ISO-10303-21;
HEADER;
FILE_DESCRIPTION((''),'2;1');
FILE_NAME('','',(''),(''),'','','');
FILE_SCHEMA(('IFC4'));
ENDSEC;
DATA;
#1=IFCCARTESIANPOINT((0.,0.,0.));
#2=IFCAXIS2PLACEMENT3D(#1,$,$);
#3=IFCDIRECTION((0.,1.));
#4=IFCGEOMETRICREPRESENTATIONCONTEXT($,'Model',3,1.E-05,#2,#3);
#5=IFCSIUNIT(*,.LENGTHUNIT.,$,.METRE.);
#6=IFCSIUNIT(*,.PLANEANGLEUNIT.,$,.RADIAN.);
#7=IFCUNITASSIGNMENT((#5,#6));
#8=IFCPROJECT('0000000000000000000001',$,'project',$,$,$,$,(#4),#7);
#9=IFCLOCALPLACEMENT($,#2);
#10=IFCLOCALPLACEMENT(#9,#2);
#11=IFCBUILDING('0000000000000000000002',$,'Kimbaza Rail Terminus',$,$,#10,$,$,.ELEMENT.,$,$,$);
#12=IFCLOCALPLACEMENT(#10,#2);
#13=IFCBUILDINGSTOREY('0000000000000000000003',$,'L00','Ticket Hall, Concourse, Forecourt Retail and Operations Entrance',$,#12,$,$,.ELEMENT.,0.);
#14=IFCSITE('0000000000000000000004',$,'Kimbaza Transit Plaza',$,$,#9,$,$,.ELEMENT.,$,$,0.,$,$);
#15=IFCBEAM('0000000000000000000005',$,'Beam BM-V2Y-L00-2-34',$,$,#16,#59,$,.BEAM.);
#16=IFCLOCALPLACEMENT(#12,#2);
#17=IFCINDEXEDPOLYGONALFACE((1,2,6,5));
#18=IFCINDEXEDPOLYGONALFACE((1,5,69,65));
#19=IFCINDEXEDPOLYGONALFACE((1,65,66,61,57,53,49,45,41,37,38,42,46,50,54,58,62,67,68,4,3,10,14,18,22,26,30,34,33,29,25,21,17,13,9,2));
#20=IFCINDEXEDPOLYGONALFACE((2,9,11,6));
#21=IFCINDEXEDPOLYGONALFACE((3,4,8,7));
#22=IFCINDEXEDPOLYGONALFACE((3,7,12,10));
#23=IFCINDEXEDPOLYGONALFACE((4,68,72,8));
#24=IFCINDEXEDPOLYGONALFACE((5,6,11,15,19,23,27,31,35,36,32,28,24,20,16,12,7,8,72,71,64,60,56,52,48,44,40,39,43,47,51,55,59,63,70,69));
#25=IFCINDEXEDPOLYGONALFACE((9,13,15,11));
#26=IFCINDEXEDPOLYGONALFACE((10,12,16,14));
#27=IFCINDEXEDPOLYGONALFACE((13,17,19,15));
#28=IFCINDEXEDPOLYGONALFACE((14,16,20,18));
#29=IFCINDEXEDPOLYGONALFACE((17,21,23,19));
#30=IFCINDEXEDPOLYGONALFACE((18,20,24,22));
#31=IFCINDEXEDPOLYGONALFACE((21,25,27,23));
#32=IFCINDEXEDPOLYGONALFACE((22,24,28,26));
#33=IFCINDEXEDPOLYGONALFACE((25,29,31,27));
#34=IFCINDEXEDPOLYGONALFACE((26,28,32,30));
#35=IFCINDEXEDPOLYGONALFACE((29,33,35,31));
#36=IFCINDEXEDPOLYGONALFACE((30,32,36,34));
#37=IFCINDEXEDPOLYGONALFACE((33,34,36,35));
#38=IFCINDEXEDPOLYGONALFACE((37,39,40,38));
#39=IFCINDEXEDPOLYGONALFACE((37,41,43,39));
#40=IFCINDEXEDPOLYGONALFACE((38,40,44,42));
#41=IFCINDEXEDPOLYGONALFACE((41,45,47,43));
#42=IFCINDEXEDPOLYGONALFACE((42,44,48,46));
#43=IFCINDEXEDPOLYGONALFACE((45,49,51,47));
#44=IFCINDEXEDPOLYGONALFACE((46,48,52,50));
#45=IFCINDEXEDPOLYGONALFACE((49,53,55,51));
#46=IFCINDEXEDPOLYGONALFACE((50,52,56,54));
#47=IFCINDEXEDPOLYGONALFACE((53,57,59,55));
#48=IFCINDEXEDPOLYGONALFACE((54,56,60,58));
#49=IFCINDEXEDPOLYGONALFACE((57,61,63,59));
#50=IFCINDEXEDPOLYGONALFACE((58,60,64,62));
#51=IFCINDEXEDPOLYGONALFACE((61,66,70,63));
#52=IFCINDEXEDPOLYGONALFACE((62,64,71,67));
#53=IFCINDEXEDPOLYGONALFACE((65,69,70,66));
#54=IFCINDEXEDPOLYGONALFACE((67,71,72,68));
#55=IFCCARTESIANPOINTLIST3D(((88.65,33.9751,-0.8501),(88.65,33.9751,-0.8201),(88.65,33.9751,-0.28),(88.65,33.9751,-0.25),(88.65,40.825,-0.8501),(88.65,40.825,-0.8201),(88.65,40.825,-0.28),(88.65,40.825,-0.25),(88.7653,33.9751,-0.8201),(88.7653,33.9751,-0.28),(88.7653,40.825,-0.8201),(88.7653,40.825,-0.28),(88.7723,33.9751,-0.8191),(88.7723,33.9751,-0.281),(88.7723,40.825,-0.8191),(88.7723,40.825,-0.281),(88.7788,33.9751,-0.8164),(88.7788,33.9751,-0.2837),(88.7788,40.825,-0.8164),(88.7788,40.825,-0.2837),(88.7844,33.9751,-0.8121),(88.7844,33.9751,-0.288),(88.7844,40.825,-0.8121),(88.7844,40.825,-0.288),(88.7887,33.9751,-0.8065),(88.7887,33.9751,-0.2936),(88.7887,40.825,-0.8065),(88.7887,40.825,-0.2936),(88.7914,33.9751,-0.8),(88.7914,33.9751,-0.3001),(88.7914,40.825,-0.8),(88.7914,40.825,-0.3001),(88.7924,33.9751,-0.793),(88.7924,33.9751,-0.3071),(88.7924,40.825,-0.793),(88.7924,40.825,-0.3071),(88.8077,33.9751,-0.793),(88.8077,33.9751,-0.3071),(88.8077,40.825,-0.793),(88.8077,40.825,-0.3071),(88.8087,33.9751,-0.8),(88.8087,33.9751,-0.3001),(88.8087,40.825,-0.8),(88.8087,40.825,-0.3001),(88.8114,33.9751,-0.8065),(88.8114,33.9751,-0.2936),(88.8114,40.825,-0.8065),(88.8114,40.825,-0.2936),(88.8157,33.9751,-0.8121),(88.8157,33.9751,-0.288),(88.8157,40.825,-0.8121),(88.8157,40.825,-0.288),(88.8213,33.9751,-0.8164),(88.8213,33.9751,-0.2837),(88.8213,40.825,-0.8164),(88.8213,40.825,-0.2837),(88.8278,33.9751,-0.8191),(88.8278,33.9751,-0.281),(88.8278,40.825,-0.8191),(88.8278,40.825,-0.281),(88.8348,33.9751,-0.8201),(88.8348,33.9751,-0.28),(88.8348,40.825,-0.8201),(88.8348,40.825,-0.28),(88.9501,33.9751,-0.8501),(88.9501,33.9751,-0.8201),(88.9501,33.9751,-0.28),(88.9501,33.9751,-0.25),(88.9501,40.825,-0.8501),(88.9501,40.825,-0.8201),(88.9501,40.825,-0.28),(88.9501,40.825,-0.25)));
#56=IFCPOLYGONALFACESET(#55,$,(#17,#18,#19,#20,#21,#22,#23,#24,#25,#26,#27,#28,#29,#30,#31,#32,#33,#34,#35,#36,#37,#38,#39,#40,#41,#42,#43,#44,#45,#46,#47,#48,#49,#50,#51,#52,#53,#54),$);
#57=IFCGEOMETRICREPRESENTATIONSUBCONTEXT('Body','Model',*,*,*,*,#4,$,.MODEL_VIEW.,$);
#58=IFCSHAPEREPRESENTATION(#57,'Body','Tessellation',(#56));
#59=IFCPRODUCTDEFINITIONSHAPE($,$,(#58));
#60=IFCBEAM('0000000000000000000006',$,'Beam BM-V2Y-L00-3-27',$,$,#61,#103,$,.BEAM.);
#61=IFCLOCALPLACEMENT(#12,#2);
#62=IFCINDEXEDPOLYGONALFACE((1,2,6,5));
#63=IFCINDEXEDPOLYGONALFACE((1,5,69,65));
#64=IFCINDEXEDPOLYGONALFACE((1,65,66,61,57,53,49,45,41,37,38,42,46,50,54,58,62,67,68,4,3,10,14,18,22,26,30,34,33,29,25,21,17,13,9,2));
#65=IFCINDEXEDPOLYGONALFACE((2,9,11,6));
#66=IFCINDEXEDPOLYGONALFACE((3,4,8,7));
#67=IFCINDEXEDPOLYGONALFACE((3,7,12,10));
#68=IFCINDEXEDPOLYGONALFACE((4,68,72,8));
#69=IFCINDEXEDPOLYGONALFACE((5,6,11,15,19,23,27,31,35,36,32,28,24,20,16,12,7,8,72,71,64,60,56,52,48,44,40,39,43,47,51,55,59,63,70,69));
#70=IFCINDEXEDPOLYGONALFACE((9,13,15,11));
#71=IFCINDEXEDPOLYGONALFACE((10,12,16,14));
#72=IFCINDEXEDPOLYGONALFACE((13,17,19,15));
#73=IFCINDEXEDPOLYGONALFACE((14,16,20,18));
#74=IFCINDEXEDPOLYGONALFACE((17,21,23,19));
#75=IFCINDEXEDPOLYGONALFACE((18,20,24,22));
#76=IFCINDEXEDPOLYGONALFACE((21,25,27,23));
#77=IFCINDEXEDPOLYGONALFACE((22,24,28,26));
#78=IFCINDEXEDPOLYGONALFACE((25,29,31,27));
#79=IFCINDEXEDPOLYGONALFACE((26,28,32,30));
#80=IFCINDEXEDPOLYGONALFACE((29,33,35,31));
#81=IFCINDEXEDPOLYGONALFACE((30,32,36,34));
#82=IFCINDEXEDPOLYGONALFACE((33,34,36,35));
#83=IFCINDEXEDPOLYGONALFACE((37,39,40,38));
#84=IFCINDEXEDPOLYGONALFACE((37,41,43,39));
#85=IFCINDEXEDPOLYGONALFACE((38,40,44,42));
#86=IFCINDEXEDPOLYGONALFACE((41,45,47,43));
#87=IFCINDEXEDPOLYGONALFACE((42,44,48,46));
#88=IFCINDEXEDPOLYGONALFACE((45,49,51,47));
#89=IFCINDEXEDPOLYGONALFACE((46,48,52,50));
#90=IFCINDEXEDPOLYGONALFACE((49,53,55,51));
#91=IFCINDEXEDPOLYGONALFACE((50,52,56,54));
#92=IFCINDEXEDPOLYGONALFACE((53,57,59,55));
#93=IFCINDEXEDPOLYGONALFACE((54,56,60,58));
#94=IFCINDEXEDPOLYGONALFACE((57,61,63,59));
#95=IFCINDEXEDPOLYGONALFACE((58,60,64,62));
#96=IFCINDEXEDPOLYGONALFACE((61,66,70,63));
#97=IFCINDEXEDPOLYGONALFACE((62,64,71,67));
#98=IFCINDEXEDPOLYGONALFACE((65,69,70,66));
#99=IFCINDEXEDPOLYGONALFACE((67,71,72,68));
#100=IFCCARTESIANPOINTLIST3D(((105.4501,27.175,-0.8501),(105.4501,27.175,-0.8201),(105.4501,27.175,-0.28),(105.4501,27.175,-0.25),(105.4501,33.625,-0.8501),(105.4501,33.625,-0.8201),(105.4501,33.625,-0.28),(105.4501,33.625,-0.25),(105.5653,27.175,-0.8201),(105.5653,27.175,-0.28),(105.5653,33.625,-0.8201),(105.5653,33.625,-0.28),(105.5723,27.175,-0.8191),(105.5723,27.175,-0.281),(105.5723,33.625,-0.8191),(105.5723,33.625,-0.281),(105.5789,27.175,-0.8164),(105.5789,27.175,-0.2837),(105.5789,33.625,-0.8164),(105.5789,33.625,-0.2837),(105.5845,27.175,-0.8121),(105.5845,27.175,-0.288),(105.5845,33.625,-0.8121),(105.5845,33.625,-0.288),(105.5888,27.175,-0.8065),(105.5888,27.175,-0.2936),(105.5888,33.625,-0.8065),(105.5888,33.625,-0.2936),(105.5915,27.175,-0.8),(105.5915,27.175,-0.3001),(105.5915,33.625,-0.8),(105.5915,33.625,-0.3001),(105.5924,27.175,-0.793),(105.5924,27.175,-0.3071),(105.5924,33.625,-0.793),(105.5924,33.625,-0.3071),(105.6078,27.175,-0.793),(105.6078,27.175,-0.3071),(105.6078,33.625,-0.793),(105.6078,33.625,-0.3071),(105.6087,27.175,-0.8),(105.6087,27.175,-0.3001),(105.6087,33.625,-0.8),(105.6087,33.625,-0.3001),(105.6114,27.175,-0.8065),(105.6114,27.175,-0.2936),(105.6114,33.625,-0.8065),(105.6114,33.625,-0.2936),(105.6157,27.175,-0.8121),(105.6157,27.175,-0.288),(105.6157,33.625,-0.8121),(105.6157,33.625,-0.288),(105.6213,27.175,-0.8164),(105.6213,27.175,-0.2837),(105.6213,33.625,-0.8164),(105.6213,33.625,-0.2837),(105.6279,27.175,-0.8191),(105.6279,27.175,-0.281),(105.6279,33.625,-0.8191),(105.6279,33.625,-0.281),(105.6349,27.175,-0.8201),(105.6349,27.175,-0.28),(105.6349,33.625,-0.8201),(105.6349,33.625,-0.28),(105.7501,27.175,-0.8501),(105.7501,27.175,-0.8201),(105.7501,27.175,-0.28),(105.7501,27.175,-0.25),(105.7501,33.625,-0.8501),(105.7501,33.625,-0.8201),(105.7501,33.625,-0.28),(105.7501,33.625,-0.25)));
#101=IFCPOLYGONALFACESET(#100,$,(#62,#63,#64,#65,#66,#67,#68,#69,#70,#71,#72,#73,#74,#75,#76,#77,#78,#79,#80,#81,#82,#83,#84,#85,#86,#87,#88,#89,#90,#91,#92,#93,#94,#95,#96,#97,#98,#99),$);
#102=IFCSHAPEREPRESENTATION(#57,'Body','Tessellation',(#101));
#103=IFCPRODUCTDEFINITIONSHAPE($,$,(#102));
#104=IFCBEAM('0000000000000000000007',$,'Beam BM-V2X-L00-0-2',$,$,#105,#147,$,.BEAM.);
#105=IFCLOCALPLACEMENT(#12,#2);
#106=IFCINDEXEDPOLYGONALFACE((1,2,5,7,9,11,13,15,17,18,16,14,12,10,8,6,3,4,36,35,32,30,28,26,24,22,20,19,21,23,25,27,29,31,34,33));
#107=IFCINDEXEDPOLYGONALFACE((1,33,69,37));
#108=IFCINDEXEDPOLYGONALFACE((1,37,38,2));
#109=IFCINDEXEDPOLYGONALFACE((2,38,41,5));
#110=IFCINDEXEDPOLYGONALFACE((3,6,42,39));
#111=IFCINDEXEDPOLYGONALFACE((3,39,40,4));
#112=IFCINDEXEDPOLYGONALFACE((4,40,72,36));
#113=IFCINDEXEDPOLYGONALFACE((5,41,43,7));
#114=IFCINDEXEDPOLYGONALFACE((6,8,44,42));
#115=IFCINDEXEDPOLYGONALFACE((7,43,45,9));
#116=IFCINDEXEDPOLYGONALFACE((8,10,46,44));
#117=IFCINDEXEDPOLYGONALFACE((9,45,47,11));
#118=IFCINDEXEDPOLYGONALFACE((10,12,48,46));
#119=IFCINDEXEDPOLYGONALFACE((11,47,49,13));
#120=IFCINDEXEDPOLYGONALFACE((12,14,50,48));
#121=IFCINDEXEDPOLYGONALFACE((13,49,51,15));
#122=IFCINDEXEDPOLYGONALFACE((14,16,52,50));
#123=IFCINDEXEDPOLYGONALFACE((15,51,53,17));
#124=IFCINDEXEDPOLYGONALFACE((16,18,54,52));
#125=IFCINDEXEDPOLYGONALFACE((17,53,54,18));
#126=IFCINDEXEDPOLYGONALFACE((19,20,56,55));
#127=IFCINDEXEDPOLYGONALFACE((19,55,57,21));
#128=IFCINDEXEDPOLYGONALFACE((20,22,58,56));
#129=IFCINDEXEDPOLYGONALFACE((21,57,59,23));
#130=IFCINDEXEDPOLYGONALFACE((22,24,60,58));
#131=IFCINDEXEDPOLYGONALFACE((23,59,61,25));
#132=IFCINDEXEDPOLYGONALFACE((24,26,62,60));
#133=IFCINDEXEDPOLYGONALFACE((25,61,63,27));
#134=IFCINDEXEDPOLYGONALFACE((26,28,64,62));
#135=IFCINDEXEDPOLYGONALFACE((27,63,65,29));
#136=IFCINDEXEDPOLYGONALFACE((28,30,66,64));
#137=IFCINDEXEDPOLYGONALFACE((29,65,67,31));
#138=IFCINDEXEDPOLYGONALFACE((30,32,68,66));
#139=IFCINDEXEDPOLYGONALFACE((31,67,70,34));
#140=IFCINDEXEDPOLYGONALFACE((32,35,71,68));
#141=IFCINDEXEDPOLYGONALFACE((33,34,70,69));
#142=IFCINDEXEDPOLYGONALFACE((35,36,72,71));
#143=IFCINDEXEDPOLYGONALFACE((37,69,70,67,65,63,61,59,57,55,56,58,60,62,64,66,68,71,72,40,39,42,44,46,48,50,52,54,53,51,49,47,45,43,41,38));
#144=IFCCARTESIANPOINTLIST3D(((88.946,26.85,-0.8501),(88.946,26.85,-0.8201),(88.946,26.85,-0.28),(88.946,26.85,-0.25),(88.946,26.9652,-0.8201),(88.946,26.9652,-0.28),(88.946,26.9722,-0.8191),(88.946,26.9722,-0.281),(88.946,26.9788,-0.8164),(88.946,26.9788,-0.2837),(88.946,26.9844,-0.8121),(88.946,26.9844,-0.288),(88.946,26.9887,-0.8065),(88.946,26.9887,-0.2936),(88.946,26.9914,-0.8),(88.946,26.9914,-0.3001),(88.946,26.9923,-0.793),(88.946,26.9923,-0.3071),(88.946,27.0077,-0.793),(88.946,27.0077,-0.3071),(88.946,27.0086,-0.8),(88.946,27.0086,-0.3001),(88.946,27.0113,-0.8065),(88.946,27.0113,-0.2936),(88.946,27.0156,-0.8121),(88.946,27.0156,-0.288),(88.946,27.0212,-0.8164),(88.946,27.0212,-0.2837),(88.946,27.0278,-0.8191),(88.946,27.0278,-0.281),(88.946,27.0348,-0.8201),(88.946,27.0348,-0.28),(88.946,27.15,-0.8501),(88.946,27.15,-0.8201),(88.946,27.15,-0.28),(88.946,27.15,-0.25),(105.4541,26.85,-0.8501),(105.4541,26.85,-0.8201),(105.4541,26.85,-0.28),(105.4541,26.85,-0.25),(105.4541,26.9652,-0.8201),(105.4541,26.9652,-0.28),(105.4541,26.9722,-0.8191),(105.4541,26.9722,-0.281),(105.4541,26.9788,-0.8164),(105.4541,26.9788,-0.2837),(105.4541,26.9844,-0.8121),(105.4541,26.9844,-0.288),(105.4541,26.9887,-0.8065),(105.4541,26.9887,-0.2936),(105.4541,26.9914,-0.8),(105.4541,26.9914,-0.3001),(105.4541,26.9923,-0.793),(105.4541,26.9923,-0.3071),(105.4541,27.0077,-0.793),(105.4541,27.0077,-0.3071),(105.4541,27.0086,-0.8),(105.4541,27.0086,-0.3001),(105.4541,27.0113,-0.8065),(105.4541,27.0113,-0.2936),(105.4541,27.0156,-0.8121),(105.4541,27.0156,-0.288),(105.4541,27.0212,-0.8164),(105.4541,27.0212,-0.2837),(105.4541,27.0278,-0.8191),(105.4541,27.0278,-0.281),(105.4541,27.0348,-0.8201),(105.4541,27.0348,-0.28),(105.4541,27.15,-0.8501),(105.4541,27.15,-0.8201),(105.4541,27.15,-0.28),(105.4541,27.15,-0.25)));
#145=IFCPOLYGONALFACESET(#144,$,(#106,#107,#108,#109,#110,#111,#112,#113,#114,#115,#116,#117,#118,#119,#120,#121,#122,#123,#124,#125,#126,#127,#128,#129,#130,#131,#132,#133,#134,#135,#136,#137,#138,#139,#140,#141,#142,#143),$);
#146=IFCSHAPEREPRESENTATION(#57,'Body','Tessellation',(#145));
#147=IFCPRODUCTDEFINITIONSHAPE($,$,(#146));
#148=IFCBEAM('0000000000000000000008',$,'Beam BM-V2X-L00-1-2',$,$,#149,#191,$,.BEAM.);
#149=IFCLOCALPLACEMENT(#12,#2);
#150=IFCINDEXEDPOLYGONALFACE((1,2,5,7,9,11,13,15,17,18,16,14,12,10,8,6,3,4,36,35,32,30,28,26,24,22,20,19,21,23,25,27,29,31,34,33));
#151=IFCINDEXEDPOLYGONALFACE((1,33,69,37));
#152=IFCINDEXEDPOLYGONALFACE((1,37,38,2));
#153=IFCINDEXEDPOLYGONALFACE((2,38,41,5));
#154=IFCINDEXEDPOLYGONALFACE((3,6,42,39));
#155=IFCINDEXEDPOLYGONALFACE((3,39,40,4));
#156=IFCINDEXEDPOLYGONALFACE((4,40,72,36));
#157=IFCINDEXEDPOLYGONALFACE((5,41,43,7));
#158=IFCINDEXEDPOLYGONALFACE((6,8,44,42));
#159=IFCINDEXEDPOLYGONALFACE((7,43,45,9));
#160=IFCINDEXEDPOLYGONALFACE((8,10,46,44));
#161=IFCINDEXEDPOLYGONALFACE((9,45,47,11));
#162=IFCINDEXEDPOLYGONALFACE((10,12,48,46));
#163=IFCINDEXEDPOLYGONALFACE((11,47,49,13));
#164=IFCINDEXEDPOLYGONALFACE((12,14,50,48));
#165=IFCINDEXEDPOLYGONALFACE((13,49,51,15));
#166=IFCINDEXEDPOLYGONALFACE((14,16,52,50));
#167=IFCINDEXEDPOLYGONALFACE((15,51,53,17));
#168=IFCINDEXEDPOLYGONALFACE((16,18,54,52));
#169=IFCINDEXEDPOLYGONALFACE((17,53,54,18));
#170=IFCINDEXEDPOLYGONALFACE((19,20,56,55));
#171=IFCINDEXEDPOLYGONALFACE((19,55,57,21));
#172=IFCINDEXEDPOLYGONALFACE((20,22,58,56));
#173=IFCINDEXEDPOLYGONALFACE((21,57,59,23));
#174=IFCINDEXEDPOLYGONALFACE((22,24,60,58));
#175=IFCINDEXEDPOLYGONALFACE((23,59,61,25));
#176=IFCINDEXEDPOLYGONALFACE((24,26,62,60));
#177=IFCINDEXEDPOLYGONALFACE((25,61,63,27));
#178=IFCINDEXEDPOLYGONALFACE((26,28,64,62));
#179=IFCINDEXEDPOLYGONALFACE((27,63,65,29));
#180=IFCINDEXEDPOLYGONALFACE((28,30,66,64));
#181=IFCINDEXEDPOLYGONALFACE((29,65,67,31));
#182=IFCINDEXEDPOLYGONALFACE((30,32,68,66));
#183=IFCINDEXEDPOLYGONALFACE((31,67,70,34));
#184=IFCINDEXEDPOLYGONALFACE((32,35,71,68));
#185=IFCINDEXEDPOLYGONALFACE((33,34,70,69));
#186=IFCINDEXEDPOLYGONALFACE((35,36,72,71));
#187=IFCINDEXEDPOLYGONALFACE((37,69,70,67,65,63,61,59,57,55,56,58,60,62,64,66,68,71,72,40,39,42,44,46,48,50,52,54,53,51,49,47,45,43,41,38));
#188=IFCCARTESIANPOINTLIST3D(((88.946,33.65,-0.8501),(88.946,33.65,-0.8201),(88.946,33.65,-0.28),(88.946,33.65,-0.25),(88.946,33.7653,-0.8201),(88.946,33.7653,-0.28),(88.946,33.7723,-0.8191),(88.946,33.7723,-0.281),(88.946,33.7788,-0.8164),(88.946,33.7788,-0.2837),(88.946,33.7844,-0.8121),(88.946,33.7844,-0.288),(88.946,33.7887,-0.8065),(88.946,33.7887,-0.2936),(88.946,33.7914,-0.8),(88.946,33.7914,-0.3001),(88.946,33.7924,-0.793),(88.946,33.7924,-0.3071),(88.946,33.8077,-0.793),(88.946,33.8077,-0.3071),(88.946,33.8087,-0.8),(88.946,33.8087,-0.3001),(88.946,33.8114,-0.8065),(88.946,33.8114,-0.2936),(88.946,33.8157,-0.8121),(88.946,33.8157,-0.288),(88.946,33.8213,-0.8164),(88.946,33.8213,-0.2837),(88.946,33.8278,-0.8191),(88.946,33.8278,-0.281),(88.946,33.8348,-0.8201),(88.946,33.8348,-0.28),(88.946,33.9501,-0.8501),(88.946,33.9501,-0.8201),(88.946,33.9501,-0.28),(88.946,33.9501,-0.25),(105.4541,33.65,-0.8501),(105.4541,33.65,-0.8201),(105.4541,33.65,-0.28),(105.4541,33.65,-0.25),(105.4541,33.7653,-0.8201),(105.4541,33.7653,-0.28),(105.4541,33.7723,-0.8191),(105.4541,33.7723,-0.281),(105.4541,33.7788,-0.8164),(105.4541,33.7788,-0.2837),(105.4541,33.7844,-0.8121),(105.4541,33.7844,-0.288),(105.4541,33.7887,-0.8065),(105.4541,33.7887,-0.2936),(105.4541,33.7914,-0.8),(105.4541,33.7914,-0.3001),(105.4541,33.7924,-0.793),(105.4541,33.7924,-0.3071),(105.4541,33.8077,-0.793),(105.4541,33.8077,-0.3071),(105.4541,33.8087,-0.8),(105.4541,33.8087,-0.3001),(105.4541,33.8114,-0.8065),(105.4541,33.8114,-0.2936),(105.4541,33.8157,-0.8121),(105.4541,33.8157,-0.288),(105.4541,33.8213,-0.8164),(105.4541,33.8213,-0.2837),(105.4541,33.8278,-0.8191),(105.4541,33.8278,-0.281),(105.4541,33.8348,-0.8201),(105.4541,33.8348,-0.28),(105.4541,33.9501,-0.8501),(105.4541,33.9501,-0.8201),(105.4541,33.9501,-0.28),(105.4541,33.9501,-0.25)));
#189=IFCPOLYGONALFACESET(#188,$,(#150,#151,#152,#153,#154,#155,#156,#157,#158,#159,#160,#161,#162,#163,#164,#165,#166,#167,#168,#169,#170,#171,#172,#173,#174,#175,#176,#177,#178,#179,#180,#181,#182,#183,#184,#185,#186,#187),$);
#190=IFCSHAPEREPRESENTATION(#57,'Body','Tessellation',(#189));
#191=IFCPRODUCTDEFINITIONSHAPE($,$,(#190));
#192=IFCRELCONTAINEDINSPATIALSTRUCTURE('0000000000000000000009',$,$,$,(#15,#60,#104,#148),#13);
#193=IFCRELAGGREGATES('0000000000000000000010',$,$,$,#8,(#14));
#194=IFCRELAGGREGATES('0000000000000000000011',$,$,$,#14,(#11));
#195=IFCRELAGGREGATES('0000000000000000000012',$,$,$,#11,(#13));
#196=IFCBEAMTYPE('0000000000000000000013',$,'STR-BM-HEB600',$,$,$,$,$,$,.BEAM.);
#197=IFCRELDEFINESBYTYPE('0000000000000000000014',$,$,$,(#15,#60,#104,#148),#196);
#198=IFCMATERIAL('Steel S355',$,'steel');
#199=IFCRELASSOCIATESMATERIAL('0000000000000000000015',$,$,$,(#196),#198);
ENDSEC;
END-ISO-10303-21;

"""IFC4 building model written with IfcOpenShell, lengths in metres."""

from ifc_helpers import new_model, si_unit, direction, frame, origin, origin_2d, place, context, subcontext, project, spatial, i_section, extrude, material, material_profile, profile_set, type_object, element, save


model = new_model("IFC4")

# Units and contexts
model_context = context("Model", 3, precision=1e-05, world=origin(), true_north=direction((0.0, 1.0)))
body_context = subcontext(model_context, "Body", "Model", "MODEL_VIEW")
ifc_project = project(units=[si_unit("LENGTHUNIT", "METRE"), si_unit("PLANEANGLEUNIT", "RADIAN")], contexts=[model_context])

# Site, building, storey
site_placement = place(None, origin())
site = spatial("IfcSite", under=ifc_project, at=site_placement, Name="Kimbaza Transit Plaza", CompositionType="ELEMENT", RefElevation=0.0)
building_placement = place(site_placement, origin())
building = spatial("IfcBuilding", under=site, at=building_placement, Name="Kimbaza Rail Terminus", CompositionType="ELEMENT")
storey_placement = place(building_placement, origin())
storey = spatial("IfcBuildingStorey", under=building, at=storey_placement, Name="L00", Description="Ticket Hall, Concourse, Forecourt Retail and Operations Entrance", CompositionType="ELEMENT", Elevation=0.0)

# Beams
ifc_material_1 = material(Name="Steel S355", Category="steel")
ifc_material_profile_1 = material_profile(ifc_material_1, i_section(OverallWidth=0.3, OverallDepth=0.6001, WebThickness=0.0154, FlangeThickness=0.03, FilletRadius=0.0271, at=origin_2d()), Name="HEB 600")
ifc_profile_set_1 = profile_set([ifc_material_profile_1], Name="Steel S355")
beam_type_1 = type_object("IfcBeamType", Name="STR-BM-HEB600", PredefinedType="BEAM", material=ifc_profile_set_1)
beam_1_placement = place(storey_placement, frame((88.8, 33.9751, -0.55), z_axis=(0.0, 1.0, 0.0), x_axis=(-1.0, 0.0, 0.0)))
element("IfcBeam", 1, at=beam_1_placement, inside=storey, type_object=beam_type_1, Name="Beam BM-V2Y-L00-2-34", PredefinedType="BEAM", context=body_context, shape_type="SweptSolid", body=[
    extrude(i_section(OverallWidth=0.3, OverallDepth=0.6001, WebThickness=0.0154, FlangeThickness=0.03, FilletRadius=0.0271, at=origin_2d()), origin(), (0.0, 0.0, 1.0), 6.8499),
])
beam_2_placement = place(storey_placement, frame((105.6001, 27.175, -0.55), z_axis=(0.0, 1.0, 0.0), x_axis=(-1.0, 0.0, 0.0)))
element("IfcBeam", 2, at=beam_2_placement, inside=storey, type_object=beam_type_1, Name="Beam BM-V2Y-L00-3-27", PredefinedType="BEAM", context=body_context, shape_type="SweptSolid", body=[
    extrude(i_section(OverallWidth=0.3, OverallDepth=0.6001, WebThickness=0.0154, FlangeThickness=0.03, FilletRadius=0.0271, at=origin_2d()), origin(), (0.0, 0.0, 1.0), 6.45),
])
for number, where, z_axis, x_axis, name in (
    (3, (88.946, 27.0, -0.55), (1.0, 0.0, 0.0), (0.0, 1.0, 0.0), "Beam BM-V2X-L00-0-2"),
    (4, (88.946, 33.8, -0.55), (1.0, 0.0, 0.0), (0.0, 1.0, 0.0), "Beam BM-V2X-L00-1-2"),
):
    element("IfcBeam", number, at=place(storey_placement, frame(where, z_axis=z_axis, x_axis=x_axis)), inside=storey, type_object=beam_type_1, Name=name, PredefinedType="BEAM", context=body_context, shape_type="SweptSolid", body=[
        extrude(i_section(OverallWidth=0.3, OverallDepth=0.6001, WebThickness=0.0154, FlangeThickness=0.03, FilletRadius=0.0271, at=origin_2d()), origin(), (0.0, 0.0, 1.0), 16.5081),
    ])

save(model, "model.ifc")
